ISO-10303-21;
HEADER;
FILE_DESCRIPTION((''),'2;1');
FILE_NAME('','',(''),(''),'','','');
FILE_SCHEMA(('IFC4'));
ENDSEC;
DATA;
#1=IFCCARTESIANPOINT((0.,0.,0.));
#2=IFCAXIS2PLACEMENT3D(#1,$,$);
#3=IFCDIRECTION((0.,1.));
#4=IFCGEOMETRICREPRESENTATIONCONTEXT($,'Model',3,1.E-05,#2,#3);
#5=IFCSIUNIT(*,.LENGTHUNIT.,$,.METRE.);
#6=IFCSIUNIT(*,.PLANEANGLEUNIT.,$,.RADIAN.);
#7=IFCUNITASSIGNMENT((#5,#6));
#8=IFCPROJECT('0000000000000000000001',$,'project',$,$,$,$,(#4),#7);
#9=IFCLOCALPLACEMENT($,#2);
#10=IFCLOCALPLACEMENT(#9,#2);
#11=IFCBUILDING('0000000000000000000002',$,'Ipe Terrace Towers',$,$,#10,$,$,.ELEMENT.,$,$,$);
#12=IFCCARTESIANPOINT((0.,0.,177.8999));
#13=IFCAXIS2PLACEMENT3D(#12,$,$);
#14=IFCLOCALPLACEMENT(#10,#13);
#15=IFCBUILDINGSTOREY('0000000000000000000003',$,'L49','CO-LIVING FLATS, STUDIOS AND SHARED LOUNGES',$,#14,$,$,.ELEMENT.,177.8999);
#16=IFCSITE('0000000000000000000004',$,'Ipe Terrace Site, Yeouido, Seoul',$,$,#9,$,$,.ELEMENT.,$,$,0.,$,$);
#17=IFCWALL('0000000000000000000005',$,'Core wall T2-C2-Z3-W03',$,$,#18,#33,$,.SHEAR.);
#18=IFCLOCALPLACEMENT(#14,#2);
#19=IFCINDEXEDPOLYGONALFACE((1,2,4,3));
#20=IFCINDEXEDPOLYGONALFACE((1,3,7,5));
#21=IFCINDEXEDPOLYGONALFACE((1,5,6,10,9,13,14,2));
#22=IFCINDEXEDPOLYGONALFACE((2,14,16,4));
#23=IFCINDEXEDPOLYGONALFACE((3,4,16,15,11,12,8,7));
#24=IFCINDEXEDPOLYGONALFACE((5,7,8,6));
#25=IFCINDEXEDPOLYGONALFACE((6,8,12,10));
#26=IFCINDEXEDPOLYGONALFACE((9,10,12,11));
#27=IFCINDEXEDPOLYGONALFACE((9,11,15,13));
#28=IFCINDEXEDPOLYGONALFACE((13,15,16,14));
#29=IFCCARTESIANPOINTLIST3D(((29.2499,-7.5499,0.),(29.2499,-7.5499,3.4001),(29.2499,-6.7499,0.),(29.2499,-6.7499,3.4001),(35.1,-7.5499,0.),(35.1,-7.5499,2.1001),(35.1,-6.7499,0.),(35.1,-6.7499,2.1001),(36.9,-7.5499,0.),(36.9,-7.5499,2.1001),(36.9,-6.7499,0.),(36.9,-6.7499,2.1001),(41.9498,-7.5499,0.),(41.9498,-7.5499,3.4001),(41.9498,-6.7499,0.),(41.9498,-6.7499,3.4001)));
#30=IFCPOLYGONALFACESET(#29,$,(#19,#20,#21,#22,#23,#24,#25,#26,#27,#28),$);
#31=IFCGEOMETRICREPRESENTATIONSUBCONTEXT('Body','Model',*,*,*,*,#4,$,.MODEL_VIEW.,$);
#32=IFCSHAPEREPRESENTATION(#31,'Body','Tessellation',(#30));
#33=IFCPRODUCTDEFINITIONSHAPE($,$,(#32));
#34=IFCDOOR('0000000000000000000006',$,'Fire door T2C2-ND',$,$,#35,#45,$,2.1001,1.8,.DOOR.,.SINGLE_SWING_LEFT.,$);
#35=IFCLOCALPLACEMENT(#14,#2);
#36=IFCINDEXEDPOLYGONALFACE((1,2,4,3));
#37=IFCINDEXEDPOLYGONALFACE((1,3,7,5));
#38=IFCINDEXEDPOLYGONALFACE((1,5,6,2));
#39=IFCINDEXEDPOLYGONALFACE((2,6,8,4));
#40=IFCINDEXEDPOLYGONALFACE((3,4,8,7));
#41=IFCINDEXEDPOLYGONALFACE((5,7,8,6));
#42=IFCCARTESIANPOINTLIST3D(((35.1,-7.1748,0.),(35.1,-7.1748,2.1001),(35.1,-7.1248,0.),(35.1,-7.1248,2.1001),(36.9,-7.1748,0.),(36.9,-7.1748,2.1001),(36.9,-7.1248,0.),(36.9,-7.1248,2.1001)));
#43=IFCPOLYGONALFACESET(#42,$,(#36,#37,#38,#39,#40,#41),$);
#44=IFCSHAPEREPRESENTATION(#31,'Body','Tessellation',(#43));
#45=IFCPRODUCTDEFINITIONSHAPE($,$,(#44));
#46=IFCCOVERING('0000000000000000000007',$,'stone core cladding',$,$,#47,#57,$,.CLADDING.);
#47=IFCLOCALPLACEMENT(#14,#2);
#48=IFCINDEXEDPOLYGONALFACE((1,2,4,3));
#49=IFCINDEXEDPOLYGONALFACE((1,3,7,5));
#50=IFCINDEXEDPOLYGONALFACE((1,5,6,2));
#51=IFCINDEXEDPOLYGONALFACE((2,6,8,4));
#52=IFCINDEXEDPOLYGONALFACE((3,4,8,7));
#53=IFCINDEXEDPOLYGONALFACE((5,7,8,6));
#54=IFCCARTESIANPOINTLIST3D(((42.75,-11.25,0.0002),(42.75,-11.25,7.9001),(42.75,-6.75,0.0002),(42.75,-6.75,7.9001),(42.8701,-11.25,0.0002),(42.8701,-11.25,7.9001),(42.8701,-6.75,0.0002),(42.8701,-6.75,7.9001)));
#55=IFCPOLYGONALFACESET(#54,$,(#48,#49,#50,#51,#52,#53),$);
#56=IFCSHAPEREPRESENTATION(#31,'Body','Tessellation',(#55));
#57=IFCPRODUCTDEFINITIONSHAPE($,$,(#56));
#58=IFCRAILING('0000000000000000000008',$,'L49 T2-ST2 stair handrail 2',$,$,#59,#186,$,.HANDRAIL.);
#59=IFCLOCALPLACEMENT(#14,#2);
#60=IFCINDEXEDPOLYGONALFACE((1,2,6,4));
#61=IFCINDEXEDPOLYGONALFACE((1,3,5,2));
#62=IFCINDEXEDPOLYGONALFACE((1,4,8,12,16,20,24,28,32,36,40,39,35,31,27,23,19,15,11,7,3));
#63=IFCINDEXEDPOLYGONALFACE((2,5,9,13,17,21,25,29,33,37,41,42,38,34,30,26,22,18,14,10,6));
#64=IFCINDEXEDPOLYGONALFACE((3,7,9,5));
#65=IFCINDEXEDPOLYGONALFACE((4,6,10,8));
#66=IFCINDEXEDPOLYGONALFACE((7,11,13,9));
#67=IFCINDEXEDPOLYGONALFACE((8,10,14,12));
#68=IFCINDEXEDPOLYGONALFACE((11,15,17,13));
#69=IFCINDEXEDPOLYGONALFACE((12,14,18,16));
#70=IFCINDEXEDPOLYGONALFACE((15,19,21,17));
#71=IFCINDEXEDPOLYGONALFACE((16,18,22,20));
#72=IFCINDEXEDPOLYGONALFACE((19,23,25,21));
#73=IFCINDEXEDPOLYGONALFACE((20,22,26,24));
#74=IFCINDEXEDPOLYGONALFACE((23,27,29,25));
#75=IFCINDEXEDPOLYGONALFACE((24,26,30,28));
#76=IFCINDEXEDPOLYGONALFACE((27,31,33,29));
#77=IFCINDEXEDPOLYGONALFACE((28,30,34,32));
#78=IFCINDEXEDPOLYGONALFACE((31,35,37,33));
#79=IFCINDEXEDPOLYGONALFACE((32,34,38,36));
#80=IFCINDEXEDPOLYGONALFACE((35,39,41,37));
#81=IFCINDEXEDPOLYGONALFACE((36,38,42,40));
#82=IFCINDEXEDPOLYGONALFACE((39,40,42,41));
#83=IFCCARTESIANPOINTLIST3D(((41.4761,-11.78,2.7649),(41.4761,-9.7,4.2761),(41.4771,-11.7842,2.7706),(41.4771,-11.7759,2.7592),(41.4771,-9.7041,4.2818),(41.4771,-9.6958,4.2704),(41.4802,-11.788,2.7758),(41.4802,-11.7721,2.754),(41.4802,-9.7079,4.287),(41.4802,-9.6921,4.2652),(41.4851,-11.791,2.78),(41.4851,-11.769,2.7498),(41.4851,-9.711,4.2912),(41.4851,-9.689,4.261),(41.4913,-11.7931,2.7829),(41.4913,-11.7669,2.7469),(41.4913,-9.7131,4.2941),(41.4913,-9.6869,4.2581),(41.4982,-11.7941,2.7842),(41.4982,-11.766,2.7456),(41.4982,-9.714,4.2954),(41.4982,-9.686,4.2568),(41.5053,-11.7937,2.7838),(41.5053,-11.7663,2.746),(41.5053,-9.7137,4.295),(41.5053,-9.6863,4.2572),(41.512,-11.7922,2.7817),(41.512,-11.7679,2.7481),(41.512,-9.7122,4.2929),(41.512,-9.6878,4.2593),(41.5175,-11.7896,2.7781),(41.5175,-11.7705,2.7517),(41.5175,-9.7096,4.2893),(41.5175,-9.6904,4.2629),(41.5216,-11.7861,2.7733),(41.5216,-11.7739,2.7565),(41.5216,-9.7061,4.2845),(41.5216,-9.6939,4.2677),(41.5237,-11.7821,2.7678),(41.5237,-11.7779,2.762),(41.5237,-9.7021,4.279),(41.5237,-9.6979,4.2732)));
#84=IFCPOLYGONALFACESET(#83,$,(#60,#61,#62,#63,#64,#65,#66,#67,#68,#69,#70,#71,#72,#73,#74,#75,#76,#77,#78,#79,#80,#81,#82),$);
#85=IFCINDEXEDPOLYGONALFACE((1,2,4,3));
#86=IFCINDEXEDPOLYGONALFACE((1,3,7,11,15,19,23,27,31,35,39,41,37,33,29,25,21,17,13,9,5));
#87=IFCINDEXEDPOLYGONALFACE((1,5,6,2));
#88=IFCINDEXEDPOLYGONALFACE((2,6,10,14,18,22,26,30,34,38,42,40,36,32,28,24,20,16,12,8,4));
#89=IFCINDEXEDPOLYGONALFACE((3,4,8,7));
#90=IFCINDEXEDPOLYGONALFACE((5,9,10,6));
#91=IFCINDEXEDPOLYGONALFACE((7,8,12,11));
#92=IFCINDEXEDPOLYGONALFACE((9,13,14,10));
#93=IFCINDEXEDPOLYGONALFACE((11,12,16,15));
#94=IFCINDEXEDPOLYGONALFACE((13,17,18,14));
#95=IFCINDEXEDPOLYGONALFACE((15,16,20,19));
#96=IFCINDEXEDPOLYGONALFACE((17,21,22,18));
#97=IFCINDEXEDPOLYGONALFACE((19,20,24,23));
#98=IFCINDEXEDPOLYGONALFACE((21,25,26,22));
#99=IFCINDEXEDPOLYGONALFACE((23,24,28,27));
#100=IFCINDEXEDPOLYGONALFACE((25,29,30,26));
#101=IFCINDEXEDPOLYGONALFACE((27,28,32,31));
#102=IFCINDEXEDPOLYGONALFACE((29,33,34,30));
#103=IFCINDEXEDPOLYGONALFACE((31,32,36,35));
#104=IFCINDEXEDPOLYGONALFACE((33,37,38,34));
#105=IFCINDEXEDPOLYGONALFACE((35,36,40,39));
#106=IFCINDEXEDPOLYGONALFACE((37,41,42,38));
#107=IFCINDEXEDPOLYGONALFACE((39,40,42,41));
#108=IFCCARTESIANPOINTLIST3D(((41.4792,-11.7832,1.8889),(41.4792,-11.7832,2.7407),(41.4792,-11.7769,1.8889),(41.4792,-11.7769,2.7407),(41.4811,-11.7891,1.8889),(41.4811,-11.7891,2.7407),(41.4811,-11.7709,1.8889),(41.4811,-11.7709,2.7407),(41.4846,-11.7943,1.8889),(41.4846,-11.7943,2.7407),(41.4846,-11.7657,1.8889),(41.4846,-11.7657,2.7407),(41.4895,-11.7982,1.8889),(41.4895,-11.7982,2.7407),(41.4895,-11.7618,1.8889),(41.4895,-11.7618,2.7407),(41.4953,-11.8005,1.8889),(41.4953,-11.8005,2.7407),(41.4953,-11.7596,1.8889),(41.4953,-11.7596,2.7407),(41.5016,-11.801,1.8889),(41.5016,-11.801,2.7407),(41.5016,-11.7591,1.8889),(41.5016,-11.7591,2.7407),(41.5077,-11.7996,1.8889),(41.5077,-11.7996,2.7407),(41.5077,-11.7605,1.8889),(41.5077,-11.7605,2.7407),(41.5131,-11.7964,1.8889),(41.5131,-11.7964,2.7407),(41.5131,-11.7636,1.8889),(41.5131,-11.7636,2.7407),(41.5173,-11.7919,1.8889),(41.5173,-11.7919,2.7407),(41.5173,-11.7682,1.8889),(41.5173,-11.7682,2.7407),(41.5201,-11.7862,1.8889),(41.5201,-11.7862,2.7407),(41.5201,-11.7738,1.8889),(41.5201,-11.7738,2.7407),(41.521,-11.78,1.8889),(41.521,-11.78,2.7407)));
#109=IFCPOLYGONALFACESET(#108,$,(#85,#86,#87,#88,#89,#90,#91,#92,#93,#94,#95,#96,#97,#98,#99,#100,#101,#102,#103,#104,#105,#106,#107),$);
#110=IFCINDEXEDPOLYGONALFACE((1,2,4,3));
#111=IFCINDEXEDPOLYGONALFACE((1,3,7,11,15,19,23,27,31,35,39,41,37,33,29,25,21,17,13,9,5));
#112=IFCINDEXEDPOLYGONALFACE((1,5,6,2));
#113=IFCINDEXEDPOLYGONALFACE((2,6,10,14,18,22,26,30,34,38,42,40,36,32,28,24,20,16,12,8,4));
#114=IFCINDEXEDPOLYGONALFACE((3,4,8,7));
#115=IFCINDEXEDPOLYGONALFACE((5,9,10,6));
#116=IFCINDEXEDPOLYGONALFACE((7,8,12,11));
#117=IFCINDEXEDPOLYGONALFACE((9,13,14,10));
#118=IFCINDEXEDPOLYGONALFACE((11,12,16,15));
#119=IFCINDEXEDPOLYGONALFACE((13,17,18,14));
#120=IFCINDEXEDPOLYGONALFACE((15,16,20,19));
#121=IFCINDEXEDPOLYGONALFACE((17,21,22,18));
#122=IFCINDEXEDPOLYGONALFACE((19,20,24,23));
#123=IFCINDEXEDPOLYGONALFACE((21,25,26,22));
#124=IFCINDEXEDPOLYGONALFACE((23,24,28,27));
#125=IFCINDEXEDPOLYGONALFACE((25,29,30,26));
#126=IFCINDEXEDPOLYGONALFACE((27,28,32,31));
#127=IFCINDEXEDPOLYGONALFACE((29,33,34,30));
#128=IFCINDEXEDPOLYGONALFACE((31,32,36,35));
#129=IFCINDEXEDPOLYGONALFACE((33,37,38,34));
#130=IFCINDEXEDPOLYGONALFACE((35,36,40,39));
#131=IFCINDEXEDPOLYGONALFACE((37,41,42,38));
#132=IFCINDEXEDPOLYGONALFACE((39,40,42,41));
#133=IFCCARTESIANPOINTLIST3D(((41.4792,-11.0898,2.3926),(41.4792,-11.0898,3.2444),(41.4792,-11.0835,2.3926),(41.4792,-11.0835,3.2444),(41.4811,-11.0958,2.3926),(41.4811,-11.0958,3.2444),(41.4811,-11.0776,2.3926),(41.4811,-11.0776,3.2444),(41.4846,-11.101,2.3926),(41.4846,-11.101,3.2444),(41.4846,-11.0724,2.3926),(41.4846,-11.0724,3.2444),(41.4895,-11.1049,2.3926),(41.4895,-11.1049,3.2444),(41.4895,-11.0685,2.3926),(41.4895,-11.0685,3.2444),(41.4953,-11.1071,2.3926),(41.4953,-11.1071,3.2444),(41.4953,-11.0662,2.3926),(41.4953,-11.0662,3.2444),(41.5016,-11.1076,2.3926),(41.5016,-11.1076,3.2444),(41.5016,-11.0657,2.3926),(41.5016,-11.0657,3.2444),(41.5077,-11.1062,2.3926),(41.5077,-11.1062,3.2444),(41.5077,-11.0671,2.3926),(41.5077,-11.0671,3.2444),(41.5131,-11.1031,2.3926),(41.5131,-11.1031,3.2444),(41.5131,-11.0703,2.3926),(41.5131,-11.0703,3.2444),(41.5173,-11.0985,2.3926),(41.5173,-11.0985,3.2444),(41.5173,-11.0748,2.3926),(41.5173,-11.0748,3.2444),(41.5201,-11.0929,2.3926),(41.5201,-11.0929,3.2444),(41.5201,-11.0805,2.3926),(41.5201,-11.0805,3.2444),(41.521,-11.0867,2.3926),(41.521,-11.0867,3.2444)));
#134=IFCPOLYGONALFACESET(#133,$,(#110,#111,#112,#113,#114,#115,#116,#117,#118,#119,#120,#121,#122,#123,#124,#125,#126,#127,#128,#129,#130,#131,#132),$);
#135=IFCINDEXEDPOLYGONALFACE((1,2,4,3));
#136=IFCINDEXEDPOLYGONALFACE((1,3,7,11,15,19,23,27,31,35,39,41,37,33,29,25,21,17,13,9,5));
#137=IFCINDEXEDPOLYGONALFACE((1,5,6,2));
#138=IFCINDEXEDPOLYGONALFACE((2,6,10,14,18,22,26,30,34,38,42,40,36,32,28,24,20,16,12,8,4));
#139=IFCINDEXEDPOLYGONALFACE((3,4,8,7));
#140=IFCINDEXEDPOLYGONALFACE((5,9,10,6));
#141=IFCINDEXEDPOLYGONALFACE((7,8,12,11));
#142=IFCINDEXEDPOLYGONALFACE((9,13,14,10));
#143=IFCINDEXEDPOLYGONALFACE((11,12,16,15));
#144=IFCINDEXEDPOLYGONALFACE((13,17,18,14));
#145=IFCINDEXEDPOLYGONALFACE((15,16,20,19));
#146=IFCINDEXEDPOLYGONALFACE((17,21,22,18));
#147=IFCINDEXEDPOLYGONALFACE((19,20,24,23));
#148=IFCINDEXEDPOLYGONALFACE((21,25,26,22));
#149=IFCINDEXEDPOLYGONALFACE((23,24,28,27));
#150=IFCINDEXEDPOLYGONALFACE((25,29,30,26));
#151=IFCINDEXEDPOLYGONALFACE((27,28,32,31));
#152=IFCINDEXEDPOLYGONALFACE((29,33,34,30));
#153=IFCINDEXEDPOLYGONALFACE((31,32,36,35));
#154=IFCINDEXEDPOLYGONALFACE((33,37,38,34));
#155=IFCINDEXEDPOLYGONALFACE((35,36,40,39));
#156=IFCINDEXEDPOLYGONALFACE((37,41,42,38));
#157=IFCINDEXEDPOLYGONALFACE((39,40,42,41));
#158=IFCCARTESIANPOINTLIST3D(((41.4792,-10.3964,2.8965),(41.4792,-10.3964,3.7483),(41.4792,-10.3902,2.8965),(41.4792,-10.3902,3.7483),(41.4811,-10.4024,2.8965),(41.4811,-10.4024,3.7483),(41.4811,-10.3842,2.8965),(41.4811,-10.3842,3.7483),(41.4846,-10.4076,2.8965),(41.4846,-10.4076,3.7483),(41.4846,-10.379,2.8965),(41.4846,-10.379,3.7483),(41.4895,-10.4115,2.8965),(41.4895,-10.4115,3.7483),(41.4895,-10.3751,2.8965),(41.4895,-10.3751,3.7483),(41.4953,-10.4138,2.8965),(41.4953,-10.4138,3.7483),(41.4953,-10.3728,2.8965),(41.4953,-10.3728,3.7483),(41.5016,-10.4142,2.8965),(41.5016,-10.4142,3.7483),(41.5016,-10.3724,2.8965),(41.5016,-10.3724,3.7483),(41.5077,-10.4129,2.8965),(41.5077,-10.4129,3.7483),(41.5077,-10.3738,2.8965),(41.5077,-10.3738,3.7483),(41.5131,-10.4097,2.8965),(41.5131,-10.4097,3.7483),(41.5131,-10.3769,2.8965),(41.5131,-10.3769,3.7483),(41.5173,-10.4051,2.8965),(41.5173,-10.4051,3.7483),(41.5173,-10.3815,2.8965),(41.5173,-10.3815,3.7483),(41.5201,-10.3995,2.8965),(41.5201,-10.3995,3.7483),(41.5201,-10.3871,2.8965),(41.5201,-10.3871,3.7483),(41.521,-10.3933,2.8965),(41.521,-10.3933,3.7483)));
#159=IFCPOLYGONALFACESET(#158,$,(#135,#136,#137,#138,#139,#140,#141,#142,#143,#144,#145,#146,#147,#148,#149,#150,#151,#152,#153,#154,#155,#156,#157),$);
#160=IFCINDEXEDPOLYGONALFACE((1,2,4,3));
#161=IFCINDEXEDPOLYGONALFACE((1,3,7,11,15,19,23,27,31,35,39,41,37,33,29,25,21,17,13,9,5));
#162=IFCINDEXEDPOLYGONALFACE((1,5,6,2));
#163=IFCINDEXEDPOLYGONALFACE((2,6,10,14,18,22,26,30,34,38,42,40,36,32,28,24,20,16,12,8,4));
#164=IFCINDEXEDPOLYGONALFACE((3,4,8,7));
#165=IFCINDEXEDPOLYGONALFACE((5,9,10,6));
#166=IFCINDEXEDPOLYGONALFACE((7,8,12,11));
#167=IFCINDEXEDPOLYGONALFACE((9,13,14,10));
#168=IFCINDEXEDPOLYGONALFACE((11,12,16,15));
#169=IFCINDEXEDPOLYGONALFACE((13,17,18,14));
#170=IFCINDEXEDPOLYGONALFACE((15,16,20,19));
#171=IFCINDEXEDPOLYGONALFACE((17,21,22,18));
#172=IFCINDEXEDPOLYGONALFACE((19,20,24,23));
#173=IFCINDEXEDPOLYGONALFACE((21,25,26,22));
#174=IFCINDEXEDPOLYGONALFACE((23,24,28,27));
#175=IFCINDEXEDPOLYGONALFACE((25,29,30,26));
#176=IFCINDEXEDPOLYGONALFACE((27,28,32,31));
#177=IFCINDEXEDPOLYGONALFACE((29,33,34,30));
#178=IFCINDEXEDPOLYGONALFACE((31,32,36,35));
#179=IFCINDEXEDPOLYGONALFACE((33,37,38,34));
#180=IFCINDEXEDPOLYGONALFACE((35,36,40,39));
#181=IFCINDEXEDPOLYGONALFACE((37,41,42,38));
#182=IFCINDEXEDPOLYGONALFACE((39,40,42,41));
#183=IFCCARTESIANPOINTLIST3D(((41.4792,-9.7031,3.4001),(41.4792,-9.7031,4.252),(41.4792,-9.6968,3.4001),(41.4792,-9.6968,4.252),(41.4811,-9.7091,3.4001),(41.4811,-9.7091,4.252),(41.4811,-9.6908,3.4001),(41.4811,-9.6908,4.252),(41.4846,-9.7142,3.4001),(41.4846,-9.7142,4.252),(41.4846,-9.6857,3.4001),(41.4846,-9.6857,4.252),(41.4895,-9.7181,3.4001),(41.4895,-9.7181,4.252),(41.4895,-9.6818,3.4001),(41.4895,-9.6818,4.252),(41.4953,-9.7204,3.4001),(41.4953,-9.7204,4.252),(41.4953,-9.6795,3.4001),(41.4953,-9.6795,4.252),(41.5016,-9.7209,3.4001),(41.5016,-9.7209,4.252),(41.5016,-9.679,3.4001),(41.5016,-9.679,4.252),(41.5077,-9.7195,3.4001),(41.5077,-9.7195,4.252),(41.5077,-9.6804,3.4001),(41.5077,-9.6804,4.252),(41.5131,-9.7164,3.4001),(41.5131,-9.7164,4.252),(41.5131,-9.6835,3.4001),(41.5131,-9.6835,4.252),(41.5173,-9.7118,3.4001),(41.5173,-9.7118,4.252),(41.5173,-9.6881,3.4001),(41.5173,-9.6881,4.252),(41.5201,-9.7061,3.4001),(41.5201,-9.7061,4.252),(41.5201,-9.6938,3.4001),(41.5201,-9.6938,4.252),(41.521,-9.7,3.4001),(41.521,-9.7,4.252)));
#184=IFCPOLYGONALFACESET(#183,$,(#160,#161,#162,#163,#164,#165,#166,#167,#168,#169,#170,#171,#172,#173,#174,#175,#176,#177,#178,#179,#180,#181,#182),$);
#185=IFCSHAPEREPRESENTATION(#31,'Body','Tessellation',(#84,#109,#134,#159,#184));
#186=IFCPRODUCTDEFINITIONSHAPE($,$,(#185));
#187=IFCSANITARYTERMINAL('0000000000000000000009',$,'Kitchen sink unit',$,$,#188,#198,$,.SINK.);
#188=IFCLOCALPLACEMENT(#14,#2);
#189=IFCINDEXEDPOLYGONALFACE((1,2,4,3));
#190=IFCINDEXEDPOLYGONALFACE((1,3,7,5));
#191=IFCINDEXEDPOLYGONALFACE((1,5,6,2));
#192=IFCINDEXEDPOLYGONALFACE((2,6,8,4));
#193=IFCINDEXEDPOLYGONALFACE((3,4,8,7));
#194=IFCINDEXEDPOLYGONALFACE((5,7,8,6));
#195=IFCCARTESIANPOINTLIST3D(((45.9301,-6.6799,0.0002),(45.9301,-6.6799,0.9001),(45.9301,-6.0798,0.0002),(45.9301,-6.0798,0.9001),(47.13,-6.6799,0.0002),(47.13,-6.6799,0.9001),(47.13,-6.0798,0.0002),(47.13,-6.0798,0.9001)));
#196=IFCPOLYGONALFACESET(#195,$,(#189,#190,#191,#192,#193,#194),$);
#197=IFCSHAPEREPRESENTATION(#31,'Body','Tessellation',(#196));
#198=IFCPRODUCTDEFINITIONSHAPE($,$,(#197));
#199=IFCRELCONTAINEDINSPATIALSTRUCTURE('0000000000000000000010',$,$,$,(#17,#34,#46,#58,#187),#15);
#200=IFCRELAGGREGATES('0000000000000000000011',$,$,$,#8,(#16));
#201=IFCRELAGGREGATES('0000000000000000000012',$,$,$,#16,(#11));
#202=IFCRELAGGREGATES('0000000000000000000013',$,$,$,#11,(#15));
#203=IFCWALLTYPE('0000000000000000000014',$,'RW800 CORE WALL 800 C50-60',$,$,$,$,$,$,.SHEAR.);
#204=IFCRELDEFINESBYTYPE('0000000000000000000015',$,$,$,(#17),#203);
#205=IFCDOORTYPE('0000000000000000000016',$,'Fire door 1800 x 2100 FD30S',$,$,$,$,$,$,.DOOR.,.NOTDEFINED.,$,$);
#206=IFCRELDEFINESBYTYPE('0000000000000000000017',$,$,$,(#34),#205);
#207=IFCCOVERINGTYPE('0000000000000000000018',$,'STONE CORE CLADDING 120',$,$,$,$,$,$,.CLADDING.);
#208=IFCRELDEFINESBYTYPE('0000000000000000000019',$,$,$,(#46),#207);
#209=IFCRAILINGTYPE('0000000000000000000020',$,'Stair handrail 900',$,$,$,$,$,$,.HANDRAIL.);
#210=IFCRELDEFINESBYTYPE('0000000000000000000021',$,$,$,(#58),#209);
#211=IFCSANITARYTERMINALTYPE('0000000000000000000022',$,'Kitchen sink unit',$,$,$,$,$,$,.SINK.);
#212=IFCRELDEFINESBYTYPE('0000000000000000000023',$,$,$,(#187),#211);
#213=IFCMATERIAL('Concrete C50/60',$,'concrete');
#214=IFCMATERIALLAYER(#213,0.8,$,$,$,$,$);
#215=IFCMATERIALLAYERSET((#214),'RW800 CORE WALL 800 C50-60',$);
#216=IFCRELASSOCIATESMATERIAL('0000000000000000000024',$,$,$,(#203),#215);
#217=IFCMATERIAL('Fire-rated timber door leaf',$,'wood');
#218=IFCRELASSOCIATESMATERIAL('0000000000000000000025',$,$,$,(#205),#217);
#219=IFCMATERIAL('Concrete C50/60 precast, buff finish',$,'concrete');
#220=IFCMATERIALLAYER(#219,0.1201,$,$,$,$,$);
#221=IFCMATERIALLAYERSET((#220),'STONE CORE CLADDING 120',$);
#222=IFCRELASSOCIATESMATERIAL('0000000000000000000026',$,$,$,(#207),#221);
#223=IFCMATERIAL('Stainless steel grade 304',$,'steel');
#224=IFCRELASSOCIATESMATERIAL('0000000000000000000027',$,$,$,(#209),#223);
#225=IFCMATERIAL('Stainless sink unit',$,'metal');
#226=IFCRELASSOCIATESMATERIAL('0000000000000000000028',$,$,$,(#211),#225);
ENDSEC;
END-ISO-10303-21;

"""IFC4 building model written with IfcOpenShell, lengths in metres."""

from ifc_helpers import new_model, si_unit, direction, frame, frame_2d, origin, origin_2d, place, context, subcontext, project, spatial, rectangle, circle, extrude, material, layer, layer_set, type_object, element, fill, save


model = new_model("IFC4")

# Units and contexts
model_context = context("Model", 3, precision=1e-05, world=origin(), true_north=direction((0.0, 1.0)))
body_context = subcontext(model_context, "Body", "Model", "MODEL_VIEW")
ifc_project = project(units=[si_unit("LENGTHUNIT", "METRE"), si_unit("PLANEANGLEUNIT", "RADIAN")], contexts=[model_context])

# Site, building, storey
site_placement = place(None, origin())
site = spatial("IfcSite", under=ifc_project, at=site_placement, Name="Ipe Terrace Site, Yeouido, Seoul", CompositionType="ELEMENT", RefElevation=0.0)
building_placement = place(site_placement, origin())
building = spatial("IfcBuilding", under=site, at=building_placement, Name="Ipe Terrace Towers", CompositionType="ELEMENT")
storey_placement = place(building_placement, frame((0.0, 0.0, 177.8999)))
storey = spatial("IfcBuildingStorey", under=building, at=storey_placement, Name="L49", Description="CO-LIVING FLATS, STUDIOS AND SHARED LOUNGES", CompositionType="ELEMENT", Elevation=177.8999)

# Shared definitions
ifc_material_1 = material(Name="Concrete C50/60", Category="concrete")
ifc_layer_1 = layer(ifc_material_1, 0.8)
ifc_layer_set_1 = layer_set([ifc_layer_1], Name="RW800 CORE WALL 800 C50-60")
wall_type_1 = type_object("IfcWallType", Name="RW800 CORE WALL 800 C50-60", PredefinedType="SHEAR", material=ifc_layer_set_1)

# Wall, opening, door
wall_1_placement = place(storey_placement, frame((41.95, -7.1499, 0.0), z_axis=(0.0, 0.0, 1.0), x_axis=(-1.0, 0.0, 0.0)))
wall_1 = element("IfcWall", 1, at=wall_1_placement, inside=storey, type_object=wall_type_1, Name="Core wall T2-C2-Z3-W03", PredefinedType="SHEAR", context=body_context, shape_type="SweptSolid", body=[
    extrude(rectangle(XDim=12.7, YDim=0.8, at=frame_2d((6.3501, 0.0))), origin(), (0.0, 0.0, 1.0), 3.4001),
])
opening_1_placement = place(wall_1_placement, frame((5.05, 0.0, 0.0)))
opening_1 = element("IfcOpeningElement", 2, at=opening_1_placement, cuts=wall_1, PredefinedType="OPENING", context=body_context, shape_type="SweptSolid", body=[
    extrude(rectangle(XDim=1.8, YDim=2.1001, at=frame_2d((0.8999, 1.05))), frame((0.0, 0.4102, 0.0), z_axis=(0.0, -1.0, 0.0), x_axis=(1.0, 0.0, 0.0)), (0.0, 0.0, 1.0), 0.8201),
])
ifc_material_2 = material(Name="Fire-rated timber door leaf", Category="wood")
door_type_1 = type_object("IfcDoorType", Name="Fire door 1800 x 2100 FD30S", OperationType="NOTDEFINED", PredefinedType="DOOR", material=ifc_material_2)
door_1_placement = place(opening_1_placement, origin())
door_1 = element("IfcDoor", 3, at=door_1_placement, inside=storey, type_object=door_type_1, Name="Fire door T2C2-ND", OperationType="SINGLE_SWING_LEFT", OverallHeight=2.1001, OverallWidth=1.8, PredefinedType="DOOR", context=body_context, shape_type="SweptSolid", body=[
    extrude(rectangle(XDim=1.8, YDim=2.1001, at=frame_2d((0.8999, 1.05))), frame((0.0, 0.0249, 0.0), z_axis=(0.0, -1.0, 0.0), x_axis=(1.0, 0.0, 0.0)), (0.0, 0.0, 1.0), 0.05),
])
fill(opening_1, door_1)

# Covering
ifc_material_3 = material(Name="Concrete C50/60 precast, buff finish", Category="concrete")
ifc_layer_2 = layer(ifc_material_3, 0.1201)
ifc_layer_set_2 = layer_set([ifc_layer_2], Name="STONE CORE CLADDING 120")
covering_type = type_object("IfcCoveringType", Name="STONE CORE CLADDING 120", PredefinedType="CLADDING", material=ifc_layer_set_2)
covering_placement = place(storey_placement, frame((42.8101, -9.0, 0.0002), z_axis=(0.0, 0.0, 1.0), x_axis=(0.0, 1.0, 0.0)))
element("IfcCovering", 4, at=covering_placement, inside=storey, type_object=covering_type, Name="stone core cladding", PredefinedType="CLADDING", context=body_context, shape_type="SweptSolid", body=[
    extrude(rectangle(XDim=4.5, YDim=0.1201, at=origin_2d()), origin(), (0.0, 0.0, 1.0), 7.8999),
])

# Railing
ifc_material_4 = material(Name="Stainless steel grade 304", Category="steel")
railing_type_1 = type_object("IfcRailingType", Name="Stair handrail 900", PredefinedType="HANDRAIL", material=ifc_material_4)
railing_1_placement = place(storey_placement, frame((41.5, -11.78, 1.8889)))
element("IfcRailing", 5, at=railing_1_placement, inside=storey, type_object=railing_type_1, Name="L49 T2-ST2 stair handrail 2", PredefinedType="HANDRAIL", context=body_context, shape_type="SweptSolid", body=[
    extrude(circle(Radius=0.0239, at=origin_2d()), frame((0.0, 0.0, 0.876), z_axis=(0.0, 0.809023, 0.587776), x_axis=(-1.0, 0.0, 0.0)), (0.0, 0.0, 1.0), 2.571),
    extrude(circle(Radius=0.021, at=origin_2d()), origin(), (0.0, 0.0, 1.0), 0.8518),
    extrude(circle(Radius=0.021, at=origin_2d()), frame((0.0, 0.6934, 0.5037)), (0.0, 0.0, 1.0), 0.8518),
    extrude(circle(Radius=0.021, at=origin_2d()), frame((0.0, 1.3867, 1.0076)), (0.0, 0.0, 1.0), 0.8518),
    extrude(circle(Radius=0.021, at=origin_2d()), frame((0.0, 2.0801, 1.5112)), (0.0, 0.0, 1.0), 0.8518),
])

# Sanitary terminal
ifc_material_5 = material(Name="Stainless sink unit", Category="metal")
sanitary_terminal_type = type_object("IfcSanitaryTerminalType", Name="Kitchen sink unit", PredefinedType="SINK", material=ifc_material_5)
sanitary_terminal_placement = place(storey_placement, frame((46.53, -6.3799, 0.0002), z_axis=(0.0, 0.0, 1.0), x_axis=(-1.0, 0.0, 0.0)))
element("IfcSanitaryTerminal", 6, at=sanitary_terminal_placement, inside=storey, type_object=sanitary_terminal_type, Name="Kitchen sink unit", PredefinedType="SINK", context=body_context, shape_type="SweptSolid", body=[
    extrude(rectangle(XDim=1.2, YDim=0.6001, at=origin_2d()), origin(), (0.0, 0.0, 1.0), 0.8999),
])

save(model, "model.ifc")
